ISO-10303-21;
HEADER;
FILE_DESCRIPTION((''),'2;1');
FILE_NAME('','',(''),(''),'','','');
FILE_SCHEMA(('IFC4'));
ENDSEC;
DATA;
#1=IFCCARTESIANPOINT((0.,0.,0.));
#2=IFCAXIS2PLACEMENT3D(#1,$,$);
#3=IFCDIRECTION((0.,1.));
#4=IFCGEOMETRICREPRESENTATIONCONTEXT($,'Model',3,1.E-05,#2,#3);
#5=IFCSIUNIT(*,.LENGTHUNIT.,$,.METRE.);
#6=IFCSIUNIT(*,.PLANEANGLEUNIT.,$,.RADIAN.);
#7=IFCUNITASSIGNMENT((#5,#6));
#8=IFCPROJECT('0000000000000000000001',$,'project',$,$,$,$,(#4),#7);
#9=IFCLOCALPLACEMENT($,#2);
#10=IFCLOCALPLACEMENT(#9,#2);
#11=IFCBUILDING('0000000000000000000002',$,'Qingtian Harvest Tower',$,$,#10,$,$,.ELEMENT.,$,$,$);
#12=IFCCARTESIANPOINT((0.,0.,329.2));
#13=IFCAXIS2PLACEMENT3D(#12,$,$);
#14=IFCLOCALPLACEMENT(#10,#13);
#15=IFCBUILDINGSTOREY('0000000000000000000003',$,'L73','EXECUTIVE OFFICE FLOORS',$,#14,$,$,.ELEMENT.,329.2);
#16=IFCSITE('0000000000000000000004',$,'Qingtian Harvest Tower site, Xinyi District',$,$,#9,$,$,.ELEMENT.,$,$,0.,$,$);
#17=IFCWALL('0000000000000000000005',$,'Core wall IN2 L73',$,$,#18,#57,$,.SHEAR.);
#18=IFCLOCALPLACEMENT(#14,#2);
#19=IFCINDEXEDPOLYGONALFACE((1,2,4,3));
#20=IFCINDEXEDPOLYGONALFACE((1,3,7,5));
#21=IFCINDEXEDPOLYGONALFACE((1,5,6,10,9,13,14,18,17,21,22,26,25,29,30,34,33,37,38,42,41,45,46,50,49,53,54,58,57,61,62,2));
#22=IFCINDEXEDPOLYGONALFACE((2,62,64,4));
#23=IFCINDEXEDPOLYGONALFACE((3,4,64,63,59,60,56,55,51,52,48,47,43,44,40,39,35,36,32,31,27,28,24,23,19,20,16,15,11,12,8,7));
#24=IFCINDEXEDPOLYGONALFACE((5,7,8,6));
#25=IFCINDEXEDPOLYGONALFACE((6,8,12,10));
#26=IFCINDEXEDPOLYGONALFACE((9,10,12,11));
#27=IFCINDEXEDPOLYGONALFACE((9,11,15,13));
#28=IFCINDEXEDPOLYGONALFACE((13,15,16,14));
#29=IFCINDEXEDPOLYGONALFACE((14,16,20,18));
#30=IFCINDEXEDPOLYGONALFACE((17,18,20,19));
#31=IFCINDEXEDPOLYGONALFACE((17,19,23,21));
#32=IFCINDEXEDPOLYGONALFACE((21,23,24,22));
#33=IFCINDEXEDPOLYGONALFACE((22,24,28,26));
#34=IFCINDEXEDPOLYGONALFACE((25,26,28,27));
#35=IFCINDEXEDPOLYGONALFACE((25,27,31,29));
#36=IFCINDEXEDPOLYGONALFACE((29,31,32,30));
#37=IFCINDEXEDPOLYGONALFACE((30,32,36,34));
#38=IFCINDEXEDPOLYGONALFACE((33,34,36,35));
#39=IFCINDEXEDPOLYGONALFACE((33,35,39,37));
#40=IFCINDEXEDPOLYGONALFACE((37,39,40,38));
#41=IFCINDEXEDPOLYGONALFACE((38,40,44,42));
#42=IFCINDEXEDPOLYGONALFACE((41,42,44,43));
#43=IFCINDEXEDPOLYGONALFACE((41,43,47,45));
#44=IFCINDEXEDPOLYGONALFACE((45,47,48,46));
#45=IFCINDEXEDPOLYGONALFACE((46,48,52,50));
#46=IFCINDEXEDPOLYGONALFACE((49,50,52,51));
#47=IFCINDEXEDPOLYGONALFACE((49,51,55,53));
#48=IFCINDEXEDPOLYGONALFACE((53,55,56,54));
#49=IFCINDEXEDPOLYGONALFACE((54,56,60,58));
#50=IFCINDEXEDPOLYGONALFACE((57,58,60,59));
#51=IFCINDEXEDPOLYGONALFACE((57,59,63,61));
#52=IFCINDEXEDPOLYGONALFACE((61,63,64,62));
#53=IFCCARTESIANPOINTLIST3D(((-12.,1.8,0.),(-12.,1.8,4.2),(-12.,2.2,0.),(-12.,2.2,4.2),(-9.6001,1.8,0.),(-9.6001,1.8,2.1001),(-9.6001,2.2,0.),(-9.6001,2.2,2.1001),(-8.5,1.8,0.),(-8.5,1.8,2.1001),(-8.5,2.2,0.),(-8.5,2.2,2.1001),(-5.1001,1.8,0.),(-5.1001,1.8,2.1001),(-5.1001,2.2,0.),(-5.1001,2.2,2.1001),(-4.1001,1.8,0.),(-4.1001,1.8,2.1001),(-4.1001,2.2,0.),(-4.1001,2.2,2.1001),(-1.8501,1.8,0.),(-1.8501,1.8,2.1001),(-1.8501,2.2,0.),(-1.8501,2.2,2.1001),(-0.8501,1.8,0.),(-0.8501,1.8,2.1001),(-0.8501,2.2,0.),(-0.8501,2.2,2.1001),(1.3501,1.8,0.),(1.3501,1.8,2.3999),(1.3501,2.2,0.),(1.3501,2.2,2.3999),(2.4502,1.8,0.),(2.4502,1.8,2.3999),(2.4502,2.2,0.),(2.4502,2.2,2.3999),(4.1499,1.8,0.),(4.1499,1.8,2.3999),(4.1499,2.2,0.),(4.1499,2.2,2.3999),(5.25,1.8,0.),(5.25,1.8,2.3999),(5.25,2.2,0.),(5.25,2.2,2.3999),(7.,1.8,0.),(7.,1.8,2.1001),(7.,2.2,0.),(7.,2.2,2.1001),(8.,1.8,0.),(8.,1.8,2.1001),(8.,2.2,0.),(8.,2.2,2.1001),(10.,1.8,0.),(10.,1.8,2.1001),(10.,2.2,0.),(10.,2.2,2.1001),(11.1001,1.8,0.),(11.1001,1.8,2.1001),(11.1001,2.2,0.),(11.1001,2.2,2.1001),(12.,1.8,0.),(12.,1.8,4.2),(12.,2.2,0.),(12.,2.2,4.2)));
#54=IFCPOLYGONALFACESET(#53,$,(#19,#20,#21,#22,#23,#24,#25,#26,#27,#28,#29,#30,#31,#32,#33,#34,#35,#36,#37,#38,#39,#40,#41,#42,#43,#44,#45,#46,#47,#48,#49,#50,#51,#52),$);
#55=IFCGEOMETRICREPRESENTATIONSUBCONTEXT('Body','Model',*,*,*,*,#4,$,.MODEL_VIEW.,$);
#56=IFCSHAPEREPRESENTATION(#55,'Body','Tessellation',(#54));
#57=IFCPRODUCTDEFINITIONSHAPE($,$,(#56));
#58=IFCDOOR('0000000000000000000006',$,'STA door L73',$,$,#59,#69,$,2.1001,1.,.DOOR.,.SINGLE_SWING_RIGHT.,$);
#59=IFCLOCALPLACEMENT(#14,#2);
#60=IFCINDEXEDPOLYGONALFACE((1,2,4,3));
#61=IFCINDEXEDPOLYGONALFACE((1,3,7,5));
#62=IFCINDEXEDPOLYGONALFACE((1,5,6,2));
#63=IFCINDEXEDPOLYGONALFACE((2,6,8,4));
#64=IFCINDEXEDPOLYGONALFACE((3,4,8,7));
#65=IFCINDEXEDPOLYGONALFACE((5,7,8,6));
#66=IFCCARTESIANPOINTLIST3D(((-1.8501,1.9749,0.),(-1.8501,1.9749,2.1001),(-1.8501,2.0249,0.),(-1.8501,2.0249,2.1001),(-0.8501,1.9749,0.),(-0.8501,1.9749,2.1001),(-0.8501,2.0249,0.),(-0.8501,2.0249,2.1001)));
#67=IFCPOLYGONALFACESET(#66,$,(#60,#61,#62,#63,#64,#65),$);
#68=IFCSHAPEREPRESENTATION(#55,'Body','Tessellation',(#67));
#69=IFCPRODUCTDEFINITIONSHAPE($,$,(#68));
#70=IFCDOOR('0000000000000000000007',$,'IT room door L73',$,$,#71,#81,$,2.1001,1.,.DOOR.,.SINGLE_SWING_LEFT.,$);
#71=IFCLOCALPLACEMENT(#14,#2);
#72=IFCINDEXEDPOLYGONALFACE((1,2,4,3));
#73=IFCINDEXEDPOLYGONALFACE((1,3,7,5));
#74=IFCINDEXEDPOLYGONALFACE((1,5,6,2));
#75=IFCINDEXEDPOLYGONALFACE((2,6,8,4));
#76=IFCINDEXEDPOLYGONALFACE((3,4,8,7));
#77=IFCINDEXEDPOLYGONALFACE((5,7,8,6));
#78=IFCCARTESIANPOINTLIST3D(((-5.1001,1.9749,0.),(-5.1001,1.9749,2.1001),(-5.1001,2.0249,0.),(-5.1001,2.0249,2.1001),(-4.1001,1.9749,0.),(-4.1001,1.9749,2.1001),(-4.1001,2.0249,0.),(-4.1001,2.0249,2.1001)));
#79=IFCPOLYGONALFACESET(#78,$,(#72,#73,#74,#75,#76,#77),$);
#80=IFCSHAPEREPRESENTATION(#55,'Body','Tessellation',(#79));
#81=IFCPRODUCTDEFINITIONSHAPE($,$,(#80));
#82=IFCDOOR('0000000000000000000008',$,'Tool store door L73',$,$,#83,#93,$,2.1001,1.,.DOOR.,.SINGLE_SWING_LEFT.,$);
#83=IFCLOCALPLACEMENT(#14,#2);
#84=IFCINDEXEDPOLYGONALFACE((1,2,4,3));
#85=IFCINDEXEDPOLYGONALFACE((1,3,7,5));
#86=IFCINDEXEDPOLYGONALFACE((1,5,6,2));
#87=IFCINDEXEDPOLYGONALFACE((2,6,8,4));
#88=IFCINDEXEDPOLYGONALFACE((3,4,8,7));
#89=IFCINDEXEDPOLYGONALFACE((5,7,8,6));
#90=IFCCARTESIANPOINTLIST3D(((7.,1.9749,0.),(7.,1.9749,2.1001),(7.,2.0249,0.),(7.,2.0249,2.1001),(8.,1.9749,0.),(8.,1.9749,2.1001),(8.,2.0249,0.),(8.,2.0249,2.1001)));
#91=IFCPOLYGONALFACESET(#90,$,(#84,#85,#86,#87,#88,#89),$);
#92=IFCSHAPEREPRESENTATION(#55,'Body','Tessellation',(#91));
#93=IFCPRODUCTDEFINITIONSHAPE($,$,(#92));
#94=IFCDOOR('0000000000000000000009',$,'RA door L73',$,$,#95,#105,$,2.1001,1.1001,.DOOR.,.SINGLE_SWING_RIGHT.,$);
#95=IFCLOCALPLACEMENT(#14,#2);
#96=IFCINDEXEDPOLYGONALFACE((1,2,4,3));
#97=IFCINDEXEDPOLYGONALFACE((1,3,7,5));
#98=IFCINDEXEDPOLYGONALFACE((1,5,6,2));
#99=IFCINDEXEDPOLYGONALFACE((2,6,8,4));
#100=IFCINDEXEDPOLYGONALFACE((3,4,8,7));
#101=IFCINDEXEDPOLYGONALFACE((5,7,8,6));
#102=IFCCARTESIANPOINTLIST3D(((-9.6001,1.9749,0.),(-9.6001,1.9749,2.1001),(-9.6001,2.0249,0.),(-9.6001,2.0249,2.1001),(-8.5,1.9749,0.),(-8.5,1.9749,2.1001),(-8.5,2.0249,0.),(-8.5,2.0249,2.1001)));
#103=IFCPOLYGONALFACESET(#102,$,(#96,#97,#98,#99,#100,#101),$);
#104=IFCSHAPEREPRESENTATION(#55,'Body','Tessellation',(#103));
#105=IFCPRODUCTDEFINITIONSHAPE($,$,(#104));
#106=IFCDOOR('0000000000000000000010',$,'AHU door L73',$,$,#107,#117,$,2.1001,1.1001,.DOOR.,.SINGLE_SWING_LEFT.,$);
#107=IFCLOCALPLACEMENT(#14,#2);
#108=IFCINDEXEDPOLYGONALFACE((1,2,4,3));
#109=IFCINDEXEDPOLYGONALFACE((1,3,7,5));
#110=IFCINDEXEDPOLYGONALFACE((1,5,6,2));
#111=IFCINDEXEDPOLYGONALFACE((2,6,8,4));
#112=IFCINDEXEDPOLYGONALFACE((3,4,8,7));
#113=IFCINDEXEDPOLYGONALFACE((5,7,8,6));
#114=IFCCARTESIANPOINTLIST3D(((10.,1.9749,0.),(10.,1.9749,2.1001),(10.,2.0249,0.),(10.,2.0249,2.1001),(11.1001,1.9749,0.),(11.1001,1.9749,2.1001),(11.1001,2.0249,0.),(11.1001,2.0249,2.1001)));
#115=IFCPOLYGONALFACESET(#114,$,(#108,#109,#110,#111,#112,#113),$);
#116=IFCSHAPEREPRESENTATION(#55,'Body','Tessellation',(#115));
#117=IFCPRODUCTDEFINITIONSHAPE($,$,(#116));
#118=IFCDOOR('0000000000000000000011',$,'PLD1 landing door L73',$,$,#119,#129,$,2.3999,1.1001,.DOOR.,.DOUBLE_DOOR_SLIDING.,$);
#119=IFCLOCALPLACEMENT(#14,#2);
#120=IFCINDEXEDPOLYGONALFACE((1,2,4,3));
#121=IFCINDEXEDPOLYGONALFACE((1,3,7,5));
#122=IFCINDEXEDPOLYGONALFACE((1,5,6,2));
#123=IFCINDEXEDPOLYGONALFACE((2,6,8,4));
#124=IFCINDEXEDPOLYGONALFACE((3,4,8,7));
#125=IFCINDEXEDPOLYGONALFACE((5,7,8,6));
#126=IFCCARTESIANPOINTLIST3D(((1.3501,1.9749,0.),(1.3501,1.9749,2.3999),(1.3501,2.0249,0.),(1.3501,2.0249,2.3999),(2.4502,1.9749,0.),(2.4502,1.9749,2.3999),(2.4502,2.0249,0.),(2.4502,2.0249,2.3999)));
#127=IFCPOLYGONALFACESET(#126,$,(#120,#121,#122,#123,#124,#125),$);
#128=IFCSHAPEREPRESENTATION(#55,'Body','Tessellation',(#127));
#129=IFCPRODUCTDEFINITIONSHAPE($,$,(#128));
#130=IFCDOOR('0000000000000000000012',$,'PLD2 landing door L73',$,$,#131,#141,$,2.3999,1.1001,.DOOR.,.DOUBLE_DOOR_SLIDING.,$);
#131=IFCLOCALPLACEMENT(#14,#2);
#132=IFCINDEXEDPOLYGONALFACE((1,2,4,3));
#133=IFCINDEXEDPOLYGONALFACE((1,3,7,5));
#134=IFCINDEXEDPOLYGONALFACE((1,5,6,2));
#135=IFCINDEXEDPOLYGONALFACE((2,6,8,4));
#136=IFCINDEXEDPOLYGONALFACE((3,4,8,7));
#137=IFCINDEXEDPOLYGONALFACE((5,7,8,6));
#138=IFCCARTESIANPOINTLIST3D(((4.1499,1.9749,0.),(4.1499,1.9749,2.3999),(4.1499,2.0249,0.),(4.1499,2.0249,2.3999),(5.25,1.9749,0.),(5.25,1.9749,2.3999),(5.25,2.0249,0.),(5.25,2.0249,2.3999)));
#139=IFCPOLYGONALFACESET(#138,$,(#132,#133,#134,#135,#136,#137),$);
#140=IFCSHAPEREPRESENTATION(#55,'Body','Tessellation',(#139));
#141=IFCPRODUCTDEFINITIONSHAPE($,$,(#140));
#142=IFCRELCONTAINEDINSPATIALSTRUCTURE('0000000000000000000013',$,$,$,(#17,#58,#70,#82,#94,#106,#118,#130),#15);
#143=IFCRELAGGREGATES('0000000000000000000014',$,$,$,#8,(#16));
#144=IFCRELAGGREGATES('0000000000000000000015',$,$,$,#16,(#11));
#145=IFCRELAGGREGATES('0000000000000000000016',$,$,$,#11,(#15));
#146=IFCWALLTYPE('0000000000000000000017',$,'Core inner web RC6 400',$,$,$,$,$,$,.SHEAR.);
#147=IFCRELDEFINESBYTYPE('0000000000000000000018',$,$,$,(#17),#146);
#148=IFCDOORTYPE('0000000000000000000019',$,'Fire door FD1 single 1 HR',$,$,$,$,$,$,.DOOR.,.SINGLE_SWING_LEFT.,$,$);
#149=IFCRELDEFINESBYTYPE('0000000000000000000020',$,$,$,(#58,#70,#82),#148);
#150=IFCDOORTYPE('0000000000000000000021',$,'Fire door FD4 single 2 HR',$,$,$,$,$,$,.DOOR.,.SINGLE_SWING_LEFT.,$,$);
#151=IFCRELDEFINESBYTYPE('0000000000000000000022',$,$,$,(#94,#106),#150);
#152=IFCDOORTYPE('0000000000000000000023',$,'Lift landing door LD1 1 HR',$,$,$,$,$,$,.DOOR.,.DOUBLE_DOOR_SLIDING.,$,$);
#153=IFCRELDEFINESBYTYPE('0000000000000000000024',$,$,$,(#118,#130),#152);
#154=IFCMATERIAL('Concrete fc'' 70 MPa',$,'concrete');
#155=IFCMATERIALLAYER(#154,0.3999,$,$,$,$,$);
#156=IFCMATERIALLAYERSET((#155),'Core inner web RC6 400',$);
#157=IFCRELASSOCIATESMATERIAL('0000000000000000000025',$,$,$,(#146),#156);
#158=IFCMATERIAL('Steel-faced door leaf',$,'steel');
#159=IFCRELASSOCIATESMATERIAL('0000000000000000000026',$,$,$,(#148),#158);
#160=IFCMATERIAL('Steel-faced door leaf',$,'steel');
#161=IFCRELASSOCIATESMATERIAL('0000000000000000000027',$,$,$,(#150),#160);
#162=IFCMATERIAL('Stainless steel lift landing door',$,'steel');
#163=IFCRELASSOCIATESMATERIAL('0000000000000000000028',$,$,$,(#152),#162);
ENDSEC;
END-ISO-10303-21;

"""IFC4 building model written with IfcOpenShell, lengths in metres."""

from ifc_helpers import new_model, si_unit, direction, frame, frame_2d, origin, place, context, subcontext, project, spatial, rectangle, extrude, material, layer, layer_set, type_object, element, fill, save


model = new_model("IFC4")

# Units and contexts
model_context = context("Model", 3, precision=1e-05, world=origin(), true_north=direction((0.0, 1.0)))
body_context = subcontext(model_context, "Body", "Model", "MODEL_VIEW")
ifc_project = project(units=[si_unit("LENGTHUNIT", "METRE"), si_unit("PLANEANGLEUNIT", "RADIAN")], contexts=[model_context])

# Site, building, storey
site_placement = place(None, origin())
site = spatial("IfcSite", under=ifc_project, at=site_placement, Name="Qingtian Harvest Tower site, Xinyi District", CompositionType="ELEMENT", RefElevation=0.0)
building_placement = place(site_placement, origin())
building = spatial("IfcBuilding", under=site, at=building_placement, Name="Qingtian Harvest Tower", CompositionType="ELEMENT")
storey_placement = place(building_placement, frame((0.0, 0.0, 329.2)))
storey = spatial("IfcBuildingStorey", under=building, at=storey_placement, Name="L73", Description="EXECUTIVE OFFICE FLOORS", CompositionType="ELEMENT", Elevation=329.2)

# Wall, openings, doors
ifc_material_1 = material(Name="Concrete fc' 70 MPa", Category="concrete")
ifc_layer_1 = layer(ifc_material_1, 0.3999)
ifc_layer_set_1 = layer_set([ifc_layer_1], Name="Core inner web RC6 400")
wall_type_1 = type_object("IfcWallType", Name="Core inner web RC6 400", PredefinedType="SHEAR", material=ifc_layer_set_1)
wall_1_placement = place(storey_placement, frame((-12.0, 2.0, 0.0), z_axis=(0.0, 0.0, 1.0), x_axis=(1.0, 0.0, 0.0)))
wall_1 = element("IfcWall", 1, at=wall_1_placement, inside=storey, type_object=wall_type_1, Name="Core wall IN2 L73", PredefinedType="SHEAR", context=body_context, shape_type="SweptSolid", body=[
    extrude(rectangle(XDim=24.0, YDim=0.3999, at=frame_2d((12.0, 0.0))), origin(), (0.0, 0.0, 1.0), 4.2),
])
opening_1_placement = place(wall_1_placement, frame((2.3999, 0.0, 0.0)))
opening_1 = element("IfcOpeningElement", 2, at=opening_1_placement, cuts=wall_1, PredefinedType="OPENING", context=body_context, shape_type="SweptSolid", body=[
    extrude(rectangle(XDim=1.1001, YDim=2.1001, at=frame_2d((0.55, 1.05))), frame((0.0, 0.21, 0.0), z_axis=(0.0, -1.0, 0.0), x_axis=(1.0, 0.0, 0.0)), (0.0, 0.0, 1.0), 0.4199),
])
opening_2_placement = place(wall_1_placement, frame((22.0, 0.0, 0.0)))
opening_2 = element("IfcOpeningElement", 3, at=opening_2_placement, cuts=wall_1, PredefinedType="OPENING", context=body_context, shape_type="SweptSolid", body=[
    extrude(rectangle(XDim=1.1001, YDim=2.1001, at=frame_2d((0.55, 1.05))), frame((0.0, 0.21, 0.0), z_axis=(0.0, -1.0, 0.0), x_axis=(1.0, 0.0, 0.0)), (0.0, 0.0, 1.0), 0.4199),
])
opening_3_placement = place(wall_1_placement, frame((10.1499, 0.0, 0.0)))
opening_3 = element("IfcOpeningElement", 4, at=opening_3_placement, cuts=wall_1, PredefinedType="OPENING", context=body_context, shape_type="SweptSolid", body=[
    extrude(rectangle(XDim=1.0, YDim=2.1001, at=frame_2d((0.5, 1.05))), frame((0.0, 0.21, 0.0), z_axis=(0.0, -1.0, 0.0), x_axis=(1.0, 0.0, 0.0)), (0.0, 0.0, 1.0), 0.4199),
])
opening_4_placement = place(wall_1_placement, frame((6.8999, 0.0, 0.0)))
opening_4 = element("IfcOpeningElement", 5, at=opening_4_placement, cuts=wall_1, PredefinedType="OPENING", context=body_context, shape_type="SweptSolid", body=[
    extrude(rectangle(XDim=1.0, YDim=2.1001, at=frame_2d((0.5, 1.05))), frame((0.0, 0.21, 0.0), z_axis=(0.0, -1.0, 0.0), x_axis=(1.0, 0.0, 0.0)), (0.0, 0.0, 1.0), 0.4199),
])
opening_5_placement = place(wall_1_placement, frame((13.3501, 0.0, 0.0)))
opening_5 = element("IfcOpeningElement", 6, at=opening_5_placement, cuts=wall_1, PredefinedType="OPENING", context=body_context, shape_type="SweptSolid", body=[
    extrude(rectangle(XDim=1.1001, YDim=2.3999, at=frame_2d((0.55, 1.2))), frame((0.0, 0.21, 0.0), z_axis=(0.0, -1.0, 0.0), x_axis=(1.0, 0.0, 0.0)), (0.0, 0.0, 1.0), 0.4199),
])
opening_6_placement = place(wall_1_placement, frame((16.1499, 0.0, 0.0)))
opening_6 = element("IfcOpeningElement", 7, at=opening_6_placement, cuts=wall_1, PredefinedType="OPENING", context=body_context, shape_type="SweptSolid", body=[
    extrude(rectangle(XDim=1.1001, YDim=2.3999, at=frame_2d((0.55, 1.2))), frame((0.0, 0.21, 0.0), z_axis=(0.0, -1.0, 0.0), x_axis=(1.0, 0.0, 0.0)), (0.0, 0.0, 1.0), 0.4199),
])
opening_7_placement = place(wall_1_placement, frame((19.0, 0.0, 0.0)))
opening_7 = element("IfcOpeningElement", 8, at=opening_7_placement, cuts=wall_1, PredefinedType="OPENING", context=body_context, shape_type="SweptSolid", body=[
    extrude(rectangle(XDim=1.0, YDim=2.1001, at=frame_2d((0.5, 1.05))), frame((0.0, 0.21, 0.0), z_axis=(0.0, -1.0, 0.0), x_axis=(1.0, 0.0, 0.0)), (0.0, 0.0, 1.0), 0.4199),
])
ifc_material_2 = material(Name="Steel-faced door leaf", Category="steel")
door_type_1 = type_object("IfcDoorType", Name="Fire door FD1 single 1 HR", OperationType="SINGLE_SWING_LEFT", PredefinedType="DOOR", material=ifc_material_2)
door_1_placement = place(opening_3_placement, origin())
door_1 = element("IfcDoor", 9, at=door_1_placement, inside=storey, type_object=door_type_1, Name="STA door L73", OperationType="SINGLE_SWING_RIGHT", OverallHeight=2.1001, OverallWidth=1.0, PredefinedType="DOOR", context=body_context, shape_type="SweptSolid", body=[
    extrude(rectangle(XDim=1.0, YDim=2.1001, at=frame_2d((0.5, 1.05))), frame((0.0, 0.0249, 0.0), z_axis=(0.0, -1.0, 0.0), x_axis=(1.0, 0.0, 0.0)), (0.0, 0.0, 1.0), 0.05),
])
fill(opening_3, door_1)
door_2_placement = place(opening_4_placement, origin())
door_2 = element("IfcDoor", 10, at=door_2_placement, inside=storey, type_object=door_type_1, Name="IT room door L73", OperationType="SINGLE_SWING_LEFT", OverallHeight=2.1001, OverallWidth=1.0, PredefinedType="DOOR", context=body_context, shape_type="SweptSolid", body=[
    extrude(rectangle(XDim=1.0, YDim=2.1001, at=frame_2d((0.5, 1.05))), frame((0.0, 0.0249, 0.0), z_axis=(0.0, -1.0, 0.0), x_axis=(1.0, 0.0, 0.0)), (0.0, 0.0, 1.0), 0.05),
])
fill(opening_4, door_2)
door_3_placement = place(opening_7_placement, origin())
door_3 = element("IfcDoor", 11, at=door_3_placement, inside=storey, type_object=door_type_1, Name="Tool store door L73", OperationType="SINGLE_SWING_LEFT", OverallHeight=2.1001, OverallWidth=1.0, PredefinedType="DOOR", context=body_context, shape_type="SweptSolid", body=[
    extrude(rectangle(XDim=1.0, YDim=2.1001, at=frame_2d((0.5, 1.05))), frame((0.0, 0.0249, 0.0), z_axis=(0.0, -1.0, 0.0), x_axis=(1.0, 0.0, 0.0)), (0.0, 0.0, 1.0), 0.05),
])
fill(opening_7, door_3)
ifc_material_3 = material(Name="Steel-faced door leaf", Category="steel")
door_type_2 = type_object("IfcDoorType", Name="Fire door FD4 single 2 HR", OperationType="SINGLE_SWING_LEFT", PredefinedType="DOOR", material=ifc_material_3)
door_4_placement = place(opening_1_placement, origin())
door_4 = element("IfcDoor", 12, at=door_4_placement, inside=storey, type_object=door_type_2, Name="RA door L73", OperationType="SINGLE_SWING_RIGHT", OverallHeight=2.1001, OverallWidth=1.1001, PredefinedType="DOOR", context=body_context, shape_type="SweptSolid", body=[
    extrude(rectangle(XDim=1.1001, YDim=2.1001, at=frame_2d((0.55, 1.05))), frame((0.0, 0.0249, 0.0), z_axis=(0.0, -1.0, 0.0), x_axis=(1.0, 0.0, 0.0)), (0.0, 0.0, 1.0), 0.05),
])
fill(opening_1, door_4)
door_5_placement = place(opening_2_placement, origin())
door_5 = element("IfcDoor", 13, at=door_5_placement, inside=storey, type_object=door_type_2, Name="AHU door L73", OperationType="SINGLE_SWING_LEFT", OverallHeight=2.1001, OverallWidth=1.1001, PredefinedType="DOOR", context=body_context, shape_type="SweptSolid", body=[
    extrude(rectangle(XDim=1.1001, YDim=2.1001, at=frame_2d((0.55, 1.05))), frame((0.0, 0.0249, 0.0), z_axis=(0.0, -1.0, 0.0), x_axis=(1.0, 0.0, 0.0)), (0.0, 0.0, 1.0), 0.05),
])
fill(opening_2, door_5)
ifc_material_4 = material(Name="Stainless steel lift landing door", Category="steel")
door_type_3 = type_object("IfcDoorType", Name="Lift landing door LD1 1 HR", OperationType="DOUBLE_DOOR_SLIDING", PredefinedType="DOOR", material=ifc_material_4)
door_6_placement = place(opening_5_placement, origin())
door_6 = element("IfcDoor", 14, at=door_6_placement, inside=storey, type_object=door_type_3, Name="PLD1 landing door L73", OperationType="DOUBLE_DOOR_SLIDING", OverallHeight=2.3999, OverallWidth=1.1001, PredefinedType="DOOR", context=body_context, shape_type="SweptSolid", body=[
    extrude(rectangle(XDim=1.1001, YDim=2.3999, at=frame_2d((0.55, 1.2))), frame((0.0, 0.0249, 0.0), z_axis=(0.0, -1.0, 0.0), x_axis=(1.0, 0.0, 0.0)), (0.0, 0.0, 1.0), 0.05),
])
fill(opening_5, door_6)
door_7_placement = place(opening_6_placement, origin())
door_7 = element("IfcDoor", 15, at=door_7_placement, inside=storey, type_object=door_type_3, Name="PLD2 landing door L73", OperationType="DOUBLE_DOOR_SLIDING", OverallHeight=2.3999, OverallWidth=1.1001, PredefinedType="DOOR", context=body_context, shape_type="SweptSolid", body=[
    extrude(rectangle(XDim=1.1001, YDim=2.3999, at=frame_2d((0.55, 1.2))), frame((0.0, 0.0249, 0.0), z_axis=(0.0, -1.0, 0.0), x_axis=(1.0, 0.0, 0.0)), (0.0, 0.0, 1.0), 0.05),
])
fill(opening_6, door_7)

save(model, "model.ifc")
